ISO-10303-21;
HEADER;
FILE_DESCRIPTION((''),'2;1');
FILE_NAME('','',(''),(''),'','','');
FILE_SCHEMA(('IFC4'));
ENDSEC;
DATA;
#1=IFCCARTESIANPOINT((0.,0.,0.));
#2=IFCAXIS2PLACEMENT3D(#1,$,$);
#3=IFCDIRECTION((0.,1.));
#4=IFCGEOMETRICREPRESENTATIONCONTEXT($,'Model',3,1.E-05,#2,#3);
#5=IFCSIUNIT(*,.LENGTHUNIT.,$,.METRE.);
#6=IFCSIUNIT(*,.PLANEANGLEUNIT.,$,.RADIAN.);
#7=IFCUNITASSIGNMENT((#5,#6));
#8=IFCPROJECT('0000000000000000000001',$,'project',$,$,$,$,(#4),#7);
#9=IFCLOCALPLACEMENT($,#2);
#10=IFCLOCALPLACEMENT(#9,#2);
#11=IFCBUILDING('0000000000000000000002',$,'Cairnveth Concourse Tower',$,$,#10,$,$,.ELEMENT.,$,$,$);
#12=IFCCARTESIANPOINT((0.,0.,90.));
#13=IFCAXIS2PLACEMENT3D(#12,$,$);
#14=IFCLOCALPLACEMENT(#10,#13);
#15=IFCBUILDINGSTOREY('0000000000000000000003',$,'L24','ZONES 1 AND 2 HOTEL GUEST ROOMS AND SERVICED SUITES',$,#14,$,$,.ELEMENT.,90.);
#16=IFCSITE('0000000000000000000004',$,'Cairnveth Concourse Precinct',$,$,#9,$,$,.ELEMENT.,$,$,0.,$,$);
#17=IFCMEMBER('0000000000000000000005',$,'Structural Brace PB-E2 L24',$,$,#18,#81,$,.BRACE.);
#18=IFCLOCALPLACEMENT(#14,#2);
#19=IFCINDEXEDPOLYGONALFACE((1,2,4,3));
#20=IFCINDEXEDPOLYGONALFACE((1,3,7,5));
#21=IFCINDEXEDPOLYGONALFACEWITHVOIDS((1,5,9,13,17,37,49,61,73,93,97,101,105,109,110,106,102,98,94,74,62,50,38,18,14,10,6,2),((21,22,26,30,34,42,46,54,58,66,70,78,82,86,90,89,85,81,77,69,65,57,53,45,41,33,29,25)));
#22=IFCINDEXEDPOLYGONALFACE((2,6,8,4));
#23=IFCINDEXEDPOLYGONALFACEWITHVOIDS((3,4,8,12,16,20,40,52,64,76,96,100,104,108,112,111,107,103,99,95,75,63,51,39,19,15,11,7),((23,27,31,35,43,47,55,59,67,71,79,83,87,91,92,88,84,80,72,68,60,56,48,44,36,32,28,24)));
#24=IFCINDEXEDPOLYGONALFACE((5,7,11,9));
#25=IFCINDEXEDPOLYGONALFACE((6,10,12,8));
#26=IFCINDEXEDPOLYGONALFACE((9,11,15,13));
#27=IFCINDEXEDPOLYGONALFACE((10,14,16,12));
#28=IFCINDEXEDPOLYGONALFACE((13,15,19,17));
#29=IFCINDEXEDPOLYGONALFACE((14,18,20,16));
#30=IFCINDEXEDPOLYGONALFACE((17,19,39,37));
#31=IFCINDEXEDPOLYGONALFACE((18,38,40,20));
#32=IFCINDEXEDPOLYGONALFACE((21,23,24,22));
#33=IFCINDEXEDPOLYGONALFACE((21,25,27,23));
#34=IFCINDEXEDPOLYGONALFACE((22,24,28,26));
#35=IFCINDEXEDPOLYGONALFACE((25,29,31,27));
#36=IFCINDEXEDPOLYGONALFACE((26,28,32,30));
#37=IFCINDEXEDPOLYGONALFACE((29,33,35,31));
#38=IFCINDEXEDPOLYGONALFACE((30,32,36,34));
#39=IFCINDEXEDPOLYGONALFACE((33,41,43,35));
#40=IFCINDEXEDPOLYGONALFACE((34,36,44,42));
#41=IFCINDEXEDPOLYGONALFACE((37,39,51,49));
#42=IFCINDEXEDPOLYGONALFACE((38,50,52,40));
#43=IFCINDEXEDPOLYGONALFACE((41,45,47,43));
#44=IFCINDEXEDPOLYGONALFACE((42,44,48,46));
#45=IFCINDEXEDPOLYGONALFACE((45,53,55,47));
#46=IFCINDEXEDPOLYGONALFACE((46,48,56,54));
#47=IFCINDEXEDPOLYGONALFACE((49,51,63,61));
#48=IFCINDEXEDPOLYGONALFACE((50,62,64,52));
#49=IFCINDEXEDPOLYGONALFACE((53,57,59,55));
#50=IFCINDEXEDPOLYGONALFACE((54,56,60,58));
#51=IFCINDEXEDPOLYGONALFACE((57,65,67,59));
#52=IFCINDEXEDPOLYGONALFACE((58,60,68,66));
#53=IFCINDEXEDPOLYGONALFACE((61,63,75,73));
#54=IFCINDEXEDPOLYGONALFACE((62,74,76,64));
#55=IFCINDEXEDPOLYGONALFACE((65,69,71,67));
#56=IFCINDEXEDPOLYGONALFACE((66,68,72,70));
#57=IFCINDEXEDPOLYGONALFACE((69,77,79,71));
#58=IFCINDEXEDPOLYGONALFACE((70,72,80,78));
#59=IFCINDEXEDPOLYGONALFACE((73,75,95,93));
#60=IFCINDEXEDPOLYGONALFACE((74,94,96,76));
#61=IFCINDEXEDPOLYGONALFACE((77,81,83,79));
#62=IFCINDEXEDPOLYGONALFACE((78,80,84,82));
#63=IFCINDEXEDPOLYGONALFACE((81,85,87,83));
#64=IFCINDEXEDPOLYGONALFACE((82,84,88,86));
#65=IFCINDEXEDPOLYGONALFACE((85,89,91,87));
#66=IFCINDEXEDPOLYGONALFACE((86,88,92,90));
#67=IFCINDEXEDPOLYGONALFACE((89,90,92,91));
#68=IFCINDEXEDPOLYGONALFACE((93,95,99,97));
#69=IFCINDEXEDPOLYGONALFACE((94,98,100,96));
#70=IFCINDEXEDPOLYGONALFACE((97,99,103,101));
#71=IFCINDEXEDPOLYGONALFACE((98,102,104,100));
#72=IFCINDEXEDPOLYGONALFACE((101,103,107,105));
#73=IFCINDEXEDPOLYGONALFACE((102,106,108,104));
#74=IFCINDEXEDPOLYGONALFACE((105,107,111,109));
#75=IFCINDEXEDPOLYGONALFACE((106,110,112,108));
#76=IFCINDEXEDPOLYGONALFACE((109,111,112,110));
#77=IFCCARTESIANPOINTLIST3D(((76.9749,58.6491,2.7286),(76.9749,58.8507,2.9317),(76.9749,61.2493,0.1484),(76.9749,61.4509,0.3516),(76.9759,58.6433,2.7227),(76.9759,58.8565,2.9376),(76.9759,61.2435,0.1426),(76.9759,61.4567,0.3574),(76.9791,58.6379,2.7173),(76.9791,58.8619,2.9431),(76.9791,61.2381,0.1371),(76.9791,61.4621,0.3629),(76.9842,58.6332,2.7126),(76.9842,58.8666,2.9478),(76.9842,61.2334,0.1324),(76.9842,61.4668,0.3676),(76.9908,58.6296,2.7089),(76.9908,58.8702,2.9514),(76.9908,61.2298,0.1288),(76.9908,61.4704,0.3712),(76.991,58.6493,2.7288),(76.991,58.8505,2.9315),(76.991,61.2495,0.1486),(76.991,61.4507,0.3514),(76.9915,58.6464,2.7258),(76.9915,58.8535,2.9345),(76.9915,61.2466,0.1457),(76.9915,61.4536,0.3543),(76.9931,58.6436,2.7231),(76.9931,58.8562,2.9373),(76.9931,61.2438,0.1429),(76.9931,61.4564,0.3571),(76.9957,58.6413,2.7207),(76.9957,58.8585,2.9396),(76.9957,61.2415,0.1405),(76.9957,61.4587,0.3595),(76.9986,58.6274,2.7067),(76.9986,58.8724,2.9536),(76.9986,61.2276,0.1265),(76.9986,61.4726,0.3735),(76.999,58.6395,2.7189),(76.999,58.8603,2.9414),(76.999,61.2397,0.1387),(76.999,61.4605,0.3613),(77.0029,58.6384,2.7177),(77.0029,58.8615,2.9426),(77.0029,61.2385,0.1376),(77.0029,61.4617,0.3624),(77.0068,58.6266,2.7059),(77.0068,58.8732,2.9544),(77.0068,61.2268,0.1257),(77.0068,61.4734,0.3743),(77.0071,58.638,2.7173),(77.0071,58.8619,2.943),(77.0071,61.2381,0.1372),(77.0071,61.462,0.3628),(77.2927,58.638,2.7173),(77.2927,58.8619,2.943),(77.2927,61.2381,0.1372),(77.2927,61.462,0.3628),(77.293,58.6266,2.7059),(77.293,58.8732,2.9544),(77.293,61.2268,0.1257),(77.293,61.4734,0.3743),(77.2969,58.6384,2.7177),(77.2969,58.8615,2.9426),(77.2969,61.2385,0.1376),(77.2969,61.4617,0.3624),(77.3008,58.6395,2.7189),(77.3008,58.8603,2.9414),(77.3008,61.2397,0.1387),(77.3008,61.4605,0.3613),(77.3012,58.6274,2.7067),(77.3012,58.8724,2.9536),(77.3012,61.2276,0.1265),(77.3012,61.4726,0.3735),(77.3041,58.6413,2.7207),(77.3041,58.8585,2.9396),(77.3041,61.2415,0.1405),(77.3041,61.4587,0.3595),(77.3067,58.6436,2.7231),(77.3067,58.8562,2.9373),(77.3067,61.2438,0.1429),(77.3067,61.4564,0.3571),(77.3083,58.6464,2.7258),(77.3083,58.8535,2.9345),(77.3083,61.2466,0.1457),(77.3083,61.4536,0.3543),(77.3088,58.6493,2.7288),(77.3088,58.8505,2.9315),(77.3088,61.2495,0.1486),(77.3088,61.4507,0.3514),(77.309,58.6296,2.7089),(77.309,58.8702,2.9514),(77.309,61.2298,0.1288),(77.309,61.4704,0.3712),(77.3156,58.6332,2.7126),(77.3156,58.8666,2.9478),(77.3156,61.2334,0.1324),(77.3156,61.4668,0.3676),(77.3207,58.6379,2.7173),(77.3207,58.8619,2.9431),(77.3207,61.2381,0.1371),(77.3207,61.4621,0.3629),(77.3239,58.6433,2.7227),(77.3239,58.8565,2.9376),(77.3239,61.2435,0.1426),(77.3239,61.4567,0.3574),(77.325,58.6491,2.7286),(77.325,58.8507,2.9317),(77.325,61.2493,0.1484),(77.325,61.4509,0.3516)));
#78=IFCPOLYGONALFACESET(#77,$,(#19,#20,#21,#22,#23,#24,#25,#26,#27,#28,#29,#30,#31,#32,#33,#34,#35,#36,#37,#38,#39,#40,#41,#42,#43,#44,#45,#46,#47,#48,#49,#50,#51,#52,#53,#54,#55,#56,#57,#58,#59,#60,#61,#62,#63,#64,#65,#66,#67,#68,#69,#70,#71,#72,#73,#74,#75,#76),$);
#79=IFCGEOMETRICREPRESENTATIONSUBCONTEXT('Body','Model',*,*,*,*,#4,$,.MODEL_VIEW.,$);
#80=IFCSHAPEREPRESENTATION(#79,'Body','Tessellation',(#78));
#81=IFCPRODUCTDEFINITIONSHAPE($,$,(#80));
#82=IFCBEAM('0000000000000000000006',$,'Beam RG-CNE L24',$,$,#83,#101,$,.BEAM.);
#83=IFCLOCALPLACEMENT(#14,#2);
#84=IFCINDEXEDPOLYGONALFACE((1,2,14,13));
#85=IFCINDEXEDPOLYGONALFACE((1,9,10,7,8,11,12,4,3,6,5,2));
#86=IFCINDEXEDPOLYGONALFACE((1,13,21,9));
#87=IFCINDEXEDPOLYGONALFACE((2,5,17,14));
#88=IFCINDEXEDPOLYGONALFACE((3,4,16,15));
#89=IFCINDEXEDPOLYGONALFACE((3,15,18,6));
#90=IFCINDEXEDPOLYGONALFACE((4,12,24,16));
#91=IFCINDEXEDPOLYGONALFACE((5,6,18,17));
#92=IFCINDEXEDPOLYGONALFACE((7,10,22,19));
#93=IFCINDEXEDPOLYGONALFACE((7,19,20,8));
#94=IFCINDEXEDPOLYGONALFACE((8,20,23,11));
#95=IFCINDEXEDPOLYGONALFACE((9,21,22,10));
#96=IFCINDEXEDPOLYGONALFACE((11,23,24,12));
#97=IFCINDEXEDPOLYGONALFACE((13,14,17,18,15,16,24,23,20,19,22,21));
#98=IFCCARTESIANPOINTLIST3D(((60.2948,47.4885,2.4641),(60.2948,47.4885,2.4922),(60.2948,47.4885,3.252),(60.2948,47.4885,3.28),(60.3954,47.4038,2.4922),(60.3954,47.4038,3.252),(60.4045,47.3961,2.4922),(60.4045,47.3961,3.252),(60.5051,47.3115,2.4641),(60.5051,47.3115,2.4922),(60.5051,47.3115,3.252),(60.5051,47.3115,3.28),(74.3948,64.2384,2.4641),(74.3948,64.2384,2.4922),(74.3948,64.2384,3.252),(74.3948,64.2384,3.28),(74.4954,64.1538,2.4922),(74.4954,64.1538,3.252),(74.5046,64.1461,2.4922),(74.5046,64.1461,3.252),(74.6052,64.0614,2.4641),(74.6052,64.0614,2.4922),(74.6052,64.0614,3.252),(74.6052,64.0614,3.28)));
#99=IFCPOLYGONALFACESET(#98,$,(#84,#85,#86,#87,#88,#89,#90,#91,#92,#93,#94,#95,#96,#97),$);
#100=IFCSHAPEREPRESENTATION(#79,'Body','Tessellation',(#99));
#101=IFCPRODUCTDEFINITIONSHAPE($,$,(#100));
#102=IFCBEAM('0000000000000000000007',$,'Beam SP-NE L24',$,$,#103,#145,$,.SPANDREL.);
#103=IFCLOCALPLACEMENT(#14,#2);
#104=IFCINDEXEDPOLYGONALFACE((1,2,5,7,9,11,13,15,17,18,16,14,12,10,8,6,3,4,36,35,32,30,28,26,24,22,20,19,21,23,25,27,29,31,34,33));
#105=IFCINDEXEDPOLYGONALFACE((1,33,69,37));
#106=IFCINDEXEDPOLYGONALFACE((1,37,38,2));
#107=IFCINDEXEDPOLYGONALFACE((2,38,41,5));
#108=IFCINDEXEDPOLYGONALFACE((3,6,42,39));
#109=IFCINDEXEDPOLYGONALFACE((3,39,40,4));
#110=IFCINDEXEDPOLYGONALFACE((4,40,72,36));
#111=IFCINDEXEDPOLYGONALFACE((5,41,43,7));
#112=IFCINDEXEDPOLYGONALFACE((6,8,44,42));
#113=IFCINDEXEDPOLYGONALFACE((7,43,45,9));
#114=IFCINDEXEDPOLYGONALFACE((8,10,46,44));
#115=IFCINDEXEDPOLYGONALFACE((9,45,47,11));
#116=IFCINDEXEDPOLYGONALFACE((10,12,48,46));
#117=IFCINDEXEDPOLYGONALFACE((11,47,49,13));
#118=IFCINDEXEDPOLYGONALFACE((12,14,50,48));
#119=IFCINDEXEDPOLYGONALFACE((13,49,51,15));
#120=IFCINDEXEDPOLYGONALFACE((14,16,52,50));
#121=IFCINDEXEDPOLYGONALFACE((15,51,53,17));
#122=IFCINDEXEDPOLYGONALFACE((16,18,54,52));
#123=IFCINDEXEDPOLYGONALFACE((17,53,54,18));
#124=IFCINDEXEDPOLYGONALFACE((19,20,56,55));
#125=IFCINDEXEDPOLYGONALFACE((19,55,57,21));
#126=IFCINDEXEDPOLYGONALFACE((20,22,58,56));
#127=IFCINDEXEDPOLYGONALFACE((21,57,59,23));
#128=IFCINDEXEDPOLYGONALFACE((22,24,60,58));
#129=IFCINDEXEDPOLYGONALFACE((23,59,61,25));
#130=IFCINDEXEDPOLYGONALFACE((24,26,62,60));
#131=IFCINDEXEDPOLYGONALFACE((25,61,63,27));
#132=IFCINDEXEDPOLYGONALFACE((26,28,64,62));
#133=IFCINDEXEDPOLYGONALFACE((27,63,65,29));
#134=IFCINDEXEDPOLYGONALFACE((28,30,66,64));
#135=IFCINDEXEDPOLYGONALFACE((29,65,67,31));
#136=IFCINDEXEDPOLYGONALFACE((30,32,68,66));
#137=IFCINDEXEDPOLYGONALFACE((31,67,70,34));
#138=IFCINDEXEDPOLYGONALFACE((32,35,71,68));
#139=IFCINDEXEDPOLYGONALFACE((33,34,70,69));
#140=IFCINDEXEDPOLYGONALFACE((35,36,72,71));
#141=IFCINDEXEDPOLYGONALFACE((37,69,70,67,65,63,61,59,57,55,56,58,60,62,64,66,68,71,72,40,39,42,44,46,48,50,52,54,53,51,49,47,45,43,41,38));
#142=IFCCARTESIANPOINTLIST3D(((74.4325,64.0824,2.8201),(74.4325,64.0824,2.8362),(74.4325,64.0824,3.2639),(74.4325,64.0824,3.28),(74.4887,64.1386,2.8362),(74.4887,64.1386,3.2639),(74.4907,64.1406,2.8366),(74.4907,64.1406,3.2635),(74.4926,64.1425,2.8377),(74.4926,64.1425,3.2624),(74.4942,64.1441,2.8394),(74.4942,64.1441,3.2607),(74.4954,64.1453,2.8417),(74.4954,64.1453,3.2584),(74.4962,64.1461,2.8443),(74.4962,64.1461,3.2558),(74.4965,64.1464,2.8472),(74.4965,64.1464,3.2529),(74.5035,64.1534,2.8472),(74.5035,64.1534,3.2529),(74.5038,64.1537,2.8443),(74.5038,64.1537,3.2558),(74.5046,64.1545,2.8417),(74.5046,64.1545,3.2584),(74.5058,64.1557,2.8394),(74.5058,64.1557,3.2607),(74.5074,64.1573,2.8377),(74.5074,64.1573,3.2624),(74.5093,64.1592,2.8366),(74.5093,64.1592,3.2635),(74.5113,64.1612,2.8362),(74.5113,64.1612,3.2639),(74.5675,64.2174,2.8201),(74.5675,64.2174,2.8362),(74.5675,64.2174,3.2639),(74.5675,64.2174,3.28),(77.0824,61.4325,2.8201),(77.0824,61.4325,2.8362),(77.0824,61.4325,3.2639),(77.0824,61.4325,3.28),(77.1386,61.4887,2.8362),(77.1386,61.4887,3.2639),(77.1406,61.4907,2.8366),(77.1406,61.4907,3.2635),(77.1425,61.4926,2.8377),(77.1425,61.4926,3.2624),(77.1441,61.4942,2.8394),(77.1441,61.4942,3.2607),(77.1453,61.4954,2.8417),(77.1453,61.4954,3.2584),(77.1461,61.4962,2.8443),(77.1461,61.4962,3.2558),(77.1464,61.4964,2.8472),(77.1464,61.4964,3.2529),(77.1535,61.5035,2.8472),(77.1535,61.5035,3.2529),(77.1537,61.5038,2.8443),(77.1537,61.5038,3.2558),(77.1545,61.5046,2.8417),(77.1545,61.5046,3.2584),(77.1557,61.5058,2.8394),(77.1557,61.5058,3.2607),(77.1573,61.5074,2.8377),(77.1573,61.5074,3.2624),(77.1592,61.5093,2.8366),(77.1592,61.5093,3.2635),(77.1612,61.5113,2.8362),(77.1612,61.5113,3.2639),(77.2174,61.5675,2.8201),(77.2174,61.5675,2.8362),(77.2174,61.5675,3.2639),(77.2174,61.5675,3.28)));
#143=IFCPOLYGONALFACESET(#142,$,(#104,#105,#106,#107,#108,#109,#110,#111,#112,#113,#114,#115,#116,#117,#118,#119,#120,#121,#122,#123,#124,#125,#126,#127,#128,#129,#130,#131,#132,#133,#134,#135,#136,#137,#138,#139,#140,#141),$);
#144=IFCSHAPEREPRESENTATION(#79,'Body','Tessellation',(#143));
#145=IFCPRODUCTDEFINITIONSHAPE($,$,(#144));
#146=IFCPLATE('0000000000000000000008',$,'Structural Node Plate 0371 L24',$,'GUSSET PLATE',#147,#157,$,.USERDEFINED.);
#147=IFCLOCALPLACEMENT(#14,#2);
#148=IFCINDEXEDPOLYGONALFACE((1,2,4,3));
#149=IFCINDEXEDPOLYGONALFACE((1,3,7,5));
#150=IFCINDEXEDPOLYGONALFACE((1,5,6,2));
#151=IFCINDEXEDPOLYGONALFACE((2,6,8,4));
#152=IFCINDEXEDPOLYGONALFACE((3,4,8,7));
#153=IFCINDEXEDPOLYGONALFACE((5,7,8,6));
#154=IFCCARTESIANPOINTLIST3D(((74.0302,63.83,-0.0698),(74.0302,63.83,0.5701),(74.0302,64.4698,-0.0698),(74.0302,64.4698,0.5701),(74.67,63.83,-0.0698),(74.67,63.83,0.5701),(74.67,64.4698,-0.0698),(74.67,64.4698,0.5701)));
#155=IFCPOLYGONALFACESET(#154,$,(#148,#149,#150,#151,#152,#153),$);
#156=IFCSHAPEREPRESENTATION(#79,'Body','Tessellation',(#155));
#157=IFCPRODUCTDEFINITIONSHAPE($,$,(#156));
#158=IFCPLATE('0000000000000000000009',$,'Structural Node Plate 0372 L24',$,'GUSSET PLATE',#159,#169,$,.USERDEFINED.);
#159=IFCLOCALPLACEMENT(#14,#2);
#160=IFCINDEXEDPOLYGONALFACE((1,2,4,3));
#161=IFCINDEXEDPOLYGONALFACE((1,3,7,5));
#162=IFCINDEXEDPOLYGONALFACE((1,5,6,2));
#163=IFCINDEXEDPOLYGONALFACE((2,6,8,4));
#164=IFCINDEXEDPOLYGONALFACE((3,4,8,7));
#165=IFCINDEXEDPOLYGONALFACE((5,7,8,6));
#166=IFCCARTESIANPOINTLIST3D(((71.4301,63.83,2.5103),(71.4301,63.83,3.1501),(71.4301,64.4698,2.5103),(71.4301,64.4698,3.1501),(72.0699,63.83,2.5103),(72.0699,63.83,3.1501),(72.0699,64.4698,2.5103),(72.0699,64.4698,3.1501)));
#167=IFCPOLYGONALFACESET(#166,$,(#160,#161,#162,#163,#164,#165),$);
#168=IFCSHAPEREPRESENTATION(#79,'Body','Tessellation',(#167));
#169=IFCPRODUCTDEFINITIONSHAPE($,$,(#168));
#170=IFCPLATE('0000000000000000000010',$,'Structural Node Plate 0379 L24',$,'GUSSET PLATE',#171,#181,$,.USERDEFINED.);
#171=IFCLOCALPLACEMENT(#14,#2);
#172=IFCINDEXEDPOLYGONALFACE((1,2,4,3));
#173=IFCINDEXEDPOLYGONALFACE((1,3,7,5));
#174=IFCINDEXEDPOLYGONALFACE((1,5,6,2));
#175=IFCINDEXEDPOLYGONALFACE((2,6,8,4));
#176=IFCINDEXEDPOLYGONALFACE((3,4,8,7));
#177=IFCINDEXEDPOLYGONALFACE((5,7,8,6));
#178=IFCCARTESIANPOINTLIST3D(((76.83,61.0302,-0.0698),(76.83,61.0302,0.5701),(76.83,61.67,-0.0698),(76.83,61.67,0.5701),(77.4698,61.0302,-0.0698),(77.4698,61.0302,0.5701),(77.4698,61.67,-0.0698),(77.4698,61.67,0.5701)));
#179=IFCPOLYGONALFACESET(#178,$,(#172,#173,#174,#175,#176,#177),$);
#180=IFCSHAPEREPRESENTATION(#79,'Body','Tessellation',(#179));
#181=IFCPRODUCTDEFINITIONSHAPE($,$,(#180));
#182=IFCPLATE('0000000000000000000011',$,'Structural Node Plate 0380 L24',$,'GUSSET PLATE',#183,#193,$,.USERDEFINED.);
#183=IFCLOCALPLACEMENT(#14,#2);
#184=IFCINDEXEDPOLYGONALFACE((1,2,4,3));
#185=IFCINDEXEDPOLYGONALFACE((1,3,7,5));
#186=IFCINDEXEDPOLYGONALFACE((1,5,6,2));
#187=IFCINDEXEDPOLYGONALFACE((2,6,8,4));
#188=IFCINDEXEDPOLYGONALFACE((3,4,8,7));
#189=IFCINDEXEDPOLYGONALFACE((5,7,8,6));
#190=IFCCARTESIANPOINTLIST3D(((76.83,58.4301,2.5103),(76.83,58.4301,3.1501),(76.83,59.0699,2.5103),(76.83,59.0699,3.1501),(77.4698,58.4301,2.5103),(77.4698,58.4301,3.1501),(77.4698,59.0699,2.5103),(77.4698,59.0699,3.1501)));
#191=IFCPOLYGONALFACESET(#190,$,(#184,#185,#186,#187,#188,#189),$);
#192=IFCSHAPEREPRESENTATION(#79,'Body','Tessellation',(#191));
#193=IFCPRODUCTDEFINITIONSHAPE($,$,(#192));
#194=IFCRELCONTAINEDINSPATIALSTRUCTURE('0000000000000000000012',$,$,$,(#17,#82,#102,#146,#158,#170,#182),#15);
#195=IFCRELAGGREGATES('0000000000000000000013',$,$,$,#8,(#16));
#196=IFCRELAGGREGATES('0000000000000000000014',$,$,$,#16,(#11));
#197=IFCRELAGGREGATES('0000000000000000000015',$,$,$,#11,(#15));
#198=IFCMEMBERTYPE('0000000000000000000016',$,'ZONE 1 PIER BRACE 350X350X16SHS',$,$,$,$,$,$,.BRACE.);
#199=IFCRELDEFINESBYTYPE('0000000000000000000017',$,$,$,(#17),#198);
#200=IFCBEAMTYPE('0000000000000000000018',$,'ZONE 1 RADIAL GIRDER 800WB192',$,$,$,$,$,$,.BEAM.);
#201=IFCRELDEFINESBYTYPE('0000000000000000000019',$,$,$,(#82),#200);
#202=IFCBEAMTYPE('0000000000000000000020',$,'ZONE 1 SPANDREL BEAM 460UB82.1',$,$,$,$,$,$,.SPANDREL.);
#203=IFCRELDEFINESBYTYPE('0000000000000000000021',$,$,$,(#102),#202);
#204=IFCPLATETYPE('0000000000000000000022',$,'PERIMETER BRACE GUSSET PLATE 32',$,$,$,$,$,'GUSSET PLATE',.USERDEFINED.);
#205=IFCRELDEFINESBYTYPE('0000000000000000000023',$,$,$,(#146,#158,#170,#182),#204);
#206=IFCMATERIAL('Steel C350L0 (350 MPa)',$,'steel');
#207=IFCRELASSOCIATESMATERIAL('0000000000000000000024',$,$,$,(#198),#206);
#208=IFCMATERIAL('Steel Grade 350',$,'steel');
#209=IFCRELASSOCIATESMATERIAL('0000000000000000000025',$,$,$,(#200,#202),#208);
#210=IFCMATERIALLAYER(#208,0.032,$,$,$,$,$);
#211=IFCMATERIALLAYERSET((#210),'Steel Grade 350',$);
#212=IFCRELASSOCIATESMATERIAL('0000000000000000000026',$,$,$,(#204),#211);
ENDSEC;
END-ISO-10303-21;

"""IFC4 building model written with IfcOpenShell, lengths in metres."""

from ifc_helpers import new_model, si_unit, direction, frame, origin, origin_2d, place, context, subcontext, project, spatial, rectangle, hollow_rectangle, i_section, extrude, material, layer, layer_set, material_profile, profile_set, type_object, element, save


model = new_model("IFC4")

# Units and contexts
model_context = context("Model", 3, precision=1e-05, world=origin(), true_north=direction((0.0, 1.0)))
body_context = subcontext(model_context, "Body", "Model", "MODEL_VIEW")
ifc_project = project(units=[si_unit("LENGTHUNIT", "METRE"), si_unit("PLANEANGLEUNIT", "RADIAN")], contexts=[model_context])

# Site, building, storey
site_placement = place(None, origin())
site = spatial("IfcSite", under=ifc_project, at=site_placement, Name="Cairnveth Concourse Precinct", CompositionType="ELEMENT", RefElevation=0.0)
building_placement = place(site_placement, origin())
building = spatial("IfcBuilding", under=site, at=building_placement, Name="Cairnveth Concourse Tower", CompositionType="ELEMENT")
storey_placement = place(building_placement, frame((0.0, 0.0, 90.0)))
storey = spatial("IfcBuildingStorey", under=building, at=storey_placement, Name="L24", Description="ZONES 1 AND 2 HOTEL GUEST ROOMS AND SERVICED SUITES", CompositionType="ELEMENT", Elevation=90.0)

# Shared definitions
ifc_material_1 = material(Name="Steel Grade 350", Category="steel")

# Member
ifc_material_2 = material(Name="Steel C350L0 (350 MPa)", Category="steel")
ifc_material_profile_1 = material_profile(ifc_material_2, hollow_rectangle(XDim=0.3501, YDim=0.3501, WallThickness=0.0161, InnerFilletRadius=0.0161, OuterFilletRadius=0.032, at=origin_2d()), Name="350x350x16.0SHS")
ifc_profile_set_1 = profile_set([ifc_material_profile_1], Name="Steel C350L0 (350 MPa)")
member_type = type_object("IfcMemberType", Name="ZONE 1 PIER BRACE 350X350X16SHS", PredefinedType="BRACE", material=ifc_profile_set_1)
for number, where, z_axis, x_axis, name in (
    (1, (77.1499, 61.3501, 0.25), (0.0, -0.709834, 0.704369), (1.0, 0.0, 0.0), "Structural Brace PB-E2 L24"),
):
    element("IfcMember", number, at=place(storey_placement, frame(where, z_axis=z_axis, x_axis=x_axis)), inside=storey, type_object=member_type, Name=name, PredefinedType="BRACE", context=body_context, shape_type="SweptSolid", body=[
        extrude(hollow_rectangle(XDim=0.3501, YDim=0.3501, WallThickness=0.0161, InnerFilletRadius=0.0161, OuterFilletRadius=0.032, at=origin_2d()), origin(), (0.0, 0.0, 1.0), 3.6631),
    ])

# Beams
ifc_material_profile_2 = material_profile(ifc_material_1, i_section(OverallWidth=0.2749, OverallDepth=0.8159, WebThickness=0.012, FlangeThickness=0.0281, at=origin_2d()), Name="800WB192")
ifc_profile_set_2 = profile_set([ifc_material_profile_2], Name="Steel Grade 350")
beam_type_1 = type_object("IfcBeamType", Name="ZONE 1 RADIAL GIRDER 800WB192", PredefinedType="BEAM", material=ifc_profile_set_2)
beam_1_placement = place(storey_placement, frame((74.5, 64.1499, 2.8721), z_axis=(-0.643998, -0.765027, 0.0), x_axis=(0.765027, -0.643998, 0.0)))
element("IfcBeam", 2, at=beam_1_placement, inside=storey, type_object=beam_type_1, Name="Beam RG-CNE L24", PredefinedType="BEAM", context=body_context, shape_type="SweptSolid", body=[
    extrude(i_section(OverallWidth=0.2749, OverallDepth=0.8159, WebThickness=0.012, FlangeThickness=0.0281, at=origin_2d()), origin(), (0.0, 0.0, 1.0), 21.8945),
])
ifc_material_profile_3 = material_profile(ifc_material_1, i_section(OverallWidth=0.1909, OverallDepth=0.46, WebThickness=0.01, FlangeThickness=0.0161, FilletRadius=0.011, at=origin_2d()), Name="460UB82.1")
ifc_profile_set_3 = profile_set([ifc_material_profile_3], Name="Steel Grade 350")
beam_type_2 = type_object("IfcBeamType", Name="ZONE 1 SPANDREL BEAM 460UB82.1", PredefinedType="SPANDREL", material=ifc_profile_set_3)
beam_2_placement = place(storey_placement, frame((74.5, 64.1499, 3.05), z_axis=(0.707107, -0.707107, 0.0), x_axis=(0.707107, 0.707107, 0.0)))
element("IfcBeam", 3, at=beam_2_placement, inside=storey, type_object=beam_type_2, Name="Beam SP-NE L24", PredefinedType="SPANDREL", context=body_context, shape_type="SweptSolid", body=[
    extrude(i_section(OverallWidth=0.1909, OverallDepth=0.46, WebThickness=0.01, FlangeThickness=0.0161, FilletRadius=0.011, at=origin_2d()), origin(), (0.0, 0.0, 1.0), 3.7476),
])

# Plates
ifc_layer_1 = layer(ifc_material_1, 0.032)
ifc_layer_set_1 = layer_set([ifc_layer_1], Name="Steel Grade 350")
plate_type = type_object("IfcPlateType", Name="PERIMETER BRACE GUSSET PLATE 32", ElementType="GUSSET PLATE", PredefinedType="USERDEFINED", material=ifc_layer_set_1)
for number, where, z_axis, x_axis, name in (
    (4, (74.3501, 64.1499, -0.0698), (0.0, 0.0, 1.0), (1.0, 0.0, 0.0), "Structural Node Plate 0371 L24"),
    (5, (71.75, 64.1499, 2.5103), (0.0, 0.0, 1.0), (1.0, 0.0, 0.0), "Structural Node Plate 0372 L24"),
    (6, (77.1499, 61.3501, -0.0698), (0.0, 0.0, 1.0), (1.0, 0.0, 0.0), "Structural Node Plate 0379 L24"),
    (7, (77.1499, 58.75, 2.5103), (0.0, 0.0, 1.0), (1.0, 0.0, 0.0), "Structural Node Plate 0380 L24"),
):
    element("IfcPlate", number, at=place(storey_placement, frame(where, z_axis=z_axis, x_axis=x_axis)), inside=storey, type_object=plate_type, Name=name, ObjectType="GUSSET PLATE", PredefinedType="USERDEFINED", context=body_context, shape_type="SweptSolid", body=[
        extrude(rectangle(XDim=0.6399, YDim=0.6399, at=origin_2d()), origin(), (0.0, 0.0, 1.0), 0.6399),
    ])

save(model, "model.ifc")
